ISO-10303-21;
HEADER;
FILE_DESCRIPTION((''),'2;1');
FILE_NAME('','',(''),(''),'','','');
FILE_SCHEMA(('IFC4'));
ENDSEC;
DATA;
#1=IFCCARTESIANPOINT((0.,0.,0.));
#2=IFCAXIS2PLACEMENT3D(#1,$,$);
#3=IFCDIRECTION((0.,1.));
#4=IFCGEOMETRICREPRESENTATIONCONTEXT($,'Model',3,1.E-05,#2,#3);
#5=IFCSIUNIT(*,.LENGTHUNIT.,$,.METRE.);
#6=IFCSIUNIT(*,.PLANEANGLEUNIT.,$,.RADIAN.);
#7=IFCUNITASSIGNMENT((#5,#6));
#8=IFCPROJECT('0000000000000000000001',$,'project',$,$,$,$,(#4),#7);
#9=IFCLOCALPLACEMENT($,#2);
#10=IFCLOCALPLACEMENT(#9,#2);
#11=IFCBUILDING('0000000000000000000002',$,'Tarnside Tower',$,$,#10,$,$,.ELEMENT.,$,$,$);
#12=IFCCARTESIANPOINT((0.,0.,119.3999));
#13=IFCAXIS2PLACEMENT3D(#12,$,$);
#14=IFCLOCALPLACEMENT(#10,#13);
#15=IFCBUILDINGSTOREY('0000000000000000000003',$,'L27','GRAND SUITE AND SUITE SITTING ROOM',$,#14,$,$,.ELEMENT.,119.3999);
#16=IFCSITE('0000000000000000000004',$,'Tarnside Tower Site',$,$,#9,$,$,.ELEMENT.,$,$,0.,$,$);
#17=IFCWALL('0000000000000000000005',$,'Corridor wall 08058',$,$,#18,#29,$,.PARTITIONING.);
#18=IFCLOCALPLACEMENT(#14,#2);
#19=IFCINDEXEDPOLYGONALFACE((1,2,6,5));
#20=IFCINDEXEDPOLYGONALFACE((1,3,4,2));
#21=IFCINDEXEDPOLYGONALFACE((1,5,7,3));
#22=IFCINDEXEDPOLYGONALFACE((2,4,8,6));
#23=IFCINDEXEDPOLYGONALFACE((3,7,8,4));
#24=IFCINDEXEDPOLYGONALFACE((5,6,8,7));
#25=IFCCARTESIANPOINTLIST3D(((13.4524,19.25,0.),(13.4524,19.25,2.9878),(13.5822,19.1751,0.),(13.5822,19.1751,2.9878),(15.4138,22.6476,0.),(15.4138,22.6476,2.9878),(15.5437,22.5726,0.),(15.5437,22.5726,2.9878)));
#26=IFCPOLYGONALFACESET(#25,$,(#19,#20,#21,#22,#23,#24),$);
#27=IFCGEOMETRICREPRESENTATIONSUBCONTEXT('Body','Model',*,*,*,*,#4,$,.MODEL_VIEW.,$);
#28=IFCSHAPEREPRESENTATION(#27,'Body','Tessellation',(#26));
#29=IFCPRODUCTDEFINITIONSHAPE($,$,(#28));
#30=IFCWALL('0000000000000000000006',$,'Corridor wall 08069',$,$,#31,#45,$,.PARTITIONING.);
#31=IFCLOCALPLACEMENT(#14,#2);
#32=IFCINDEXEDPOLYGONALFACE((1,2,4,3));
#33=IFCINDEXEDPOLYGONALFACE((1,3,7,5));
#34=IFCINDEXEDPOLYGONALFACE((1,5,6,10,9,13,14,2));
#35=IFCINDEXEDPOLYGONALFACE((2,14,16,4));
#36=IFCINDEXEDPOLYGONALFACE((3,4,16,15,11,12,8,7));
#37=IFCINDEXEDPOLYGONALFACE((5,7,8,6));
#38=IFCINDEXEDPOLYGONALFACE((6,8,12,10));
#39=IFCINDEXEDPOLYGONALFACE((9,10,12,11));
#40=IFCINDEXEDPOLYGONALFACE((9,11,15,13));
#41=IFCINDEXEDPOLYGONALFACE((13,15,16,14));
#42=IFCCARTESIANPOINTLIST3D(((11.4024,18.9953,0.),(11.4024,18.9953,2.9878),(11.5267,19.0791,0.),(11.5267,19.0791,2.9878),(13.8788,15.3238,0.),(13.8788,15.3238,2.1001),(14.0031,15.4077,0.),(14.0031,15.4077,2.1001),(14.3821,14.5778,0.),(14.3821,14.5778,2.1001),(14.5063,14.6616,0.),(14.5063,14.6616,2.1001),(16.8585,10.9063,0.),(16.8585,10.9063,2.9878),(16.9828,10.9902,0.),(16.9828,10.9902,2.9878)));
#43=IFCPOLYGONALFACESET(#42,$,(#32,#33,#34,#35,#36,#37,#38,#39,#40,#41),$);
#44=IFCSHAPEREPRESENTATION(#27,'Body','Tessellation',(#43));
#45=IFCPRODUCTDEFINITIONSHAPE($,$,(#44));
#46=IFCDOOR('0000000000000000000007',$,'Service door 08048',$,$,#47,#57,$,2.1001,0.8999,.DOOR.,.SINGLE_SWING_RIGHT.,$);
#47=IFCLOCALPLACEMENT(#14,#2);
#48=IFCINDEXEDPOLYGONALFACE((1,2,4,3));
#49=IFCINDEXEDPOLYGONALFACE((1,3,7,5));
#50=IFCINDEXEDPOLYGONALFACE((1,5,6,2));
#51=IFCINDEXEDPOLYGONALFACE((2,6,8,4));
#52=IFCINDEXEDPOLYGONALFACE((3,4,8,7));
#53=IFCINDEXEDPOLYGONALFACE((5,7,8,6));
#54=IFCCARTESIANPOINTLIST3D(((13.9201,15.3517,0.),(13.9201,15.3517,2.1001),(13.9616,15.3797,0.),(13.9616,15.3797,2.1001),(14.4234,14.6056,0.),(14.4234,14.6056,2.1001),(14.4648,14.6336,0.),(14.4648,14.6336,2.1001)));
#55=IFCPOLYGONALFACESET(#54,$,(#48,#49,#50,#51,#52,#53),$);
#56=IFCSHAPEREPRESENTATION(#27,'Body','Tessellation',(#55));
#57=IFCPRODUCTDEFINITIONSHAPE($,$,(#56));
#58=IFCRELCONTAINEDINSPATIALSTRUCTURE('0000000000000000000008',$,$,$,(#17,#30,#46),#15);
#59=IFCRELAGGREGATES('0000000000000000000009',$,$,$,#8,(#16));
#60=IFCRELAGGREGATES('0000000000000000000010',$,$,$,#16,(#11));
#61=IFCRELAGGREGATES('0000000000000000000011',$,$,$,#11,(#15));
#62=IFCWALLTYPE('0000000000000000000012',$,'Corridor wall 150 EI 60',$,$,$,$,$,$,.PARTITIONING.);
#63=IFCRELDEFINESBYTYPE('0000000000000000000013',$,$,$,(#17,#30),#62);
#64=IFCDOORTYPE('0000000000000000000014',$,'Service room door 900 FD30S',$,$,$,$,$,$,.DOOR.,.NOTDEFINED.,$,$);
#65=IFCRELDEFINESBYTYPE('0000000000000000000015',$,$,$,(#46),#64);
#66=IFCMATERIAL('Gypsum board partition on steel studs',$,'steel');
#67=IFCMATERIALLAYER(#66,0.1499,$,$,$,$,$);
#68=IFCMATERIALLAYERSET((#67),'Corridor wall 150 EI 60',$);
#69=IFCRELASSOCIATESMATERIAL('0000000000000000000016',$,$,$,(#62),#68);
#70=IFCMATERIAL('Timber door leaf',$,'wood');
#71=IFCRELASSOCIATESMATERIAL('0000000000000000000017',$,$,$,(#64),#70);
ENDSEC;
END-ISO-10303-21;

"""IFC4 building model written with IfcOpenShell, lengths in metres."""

from ifc_helpers import new_model, si_unit, direction, frame, frame_2d, origin, place, context, subcontext, project, spatial, rectangle, extrude, material, layer, layer_set, type_object, element, fill, save


model = new_model("IFC4")

# Units and contexts
model_context = context("Model", 3, precision=1e-05, world=origin(), true_north=direction((0.0, 1.0)))
body_context = subcontext(model_context, "Body", "Model", "MODEL_VIEW")
ifc_project = project(units=[si_unit("LENGTHUNIT", "METRE"), si_unit("PLANEANGLEUNIT", "RADIAN")], contexts=[model_context])

# Site, building, storey
site_placement = place(None, origin())
site = spatial("IfcSite", under=ifc_project, at=site_placement, Name="Tarnside Tower Site", CompositionType="ELEMENT", RefElevation=0.0)
building_placement = place(site_placement, origin())
building = spatial("IfcBuilding", under=site, at=building_placement, Name="Tarnside Tower", CompositionType="ELEMENT")
storey_placement = place(building_placement, frame((0.0, 0.0, 119.3999)))
storey = spatial("IfcBuildingStorey", under=building, at=storey_placement, Name="L27", Description="GRAND SUITE AND SUITE SITTING ROOM", CompositionType="ELEMENT", Elevation=119.3999)

# Shared definitions
ifc_material_1 = material(Name="Gypsum board partition on steel studs", Category="steel")
ifc_layer_1 = layer(ifc_material_1, 0.1499)
ifc_layer_set_1 = layer_set([ifc_layer_1], Name="Corridor wall 150 EI 60")
wall_type_1 = type_object("IfcWallType", Name="Corridor wall 150 EI 60", PredefinedType="PARTITIONING", material=ifc_layer_set_1)

# Shared definitions
ifc_material_2 = material(Name="Timber door leaf", Category="wood")

# Wall
wall_1_placement = place(storey_placement, frame((13.5173, 19.2126, 0.0), z_axis=(0.0, 0.0, 1.0), x_axis=(0.499981, 0.866036, 0.0)))
element("IfcWall", 1, at=wall_1_placement, inside=storey, type_object=wall_type_1, Name="Corridor wall 08058", PredefinedType="PARTITIONING", context=body_context, shape_type="SweptSolid", body=[
    extrude(rectangle(XDim=3.9231, YDim=0.1499, at=frame_2d((1.9614, 0.0))), origin(), (0.0, 0.0, 1.0), 2.9878),
])

# Wall, opening, door
wall_2_placement = place(storey_placement, frame((11.4646, 19.0371, 0.0), z_axis=(0.0, 0.0, 1.0), x_axis=(0.559196, -0.829035, 0.0)))
wall_2 = element("IfcWall", 2, at=wall_2_placement, inside=storey, type_object=wall_type_1, Name="Corridor wall 08069", PredefinedType="PARTITIONING", context=body_context, shape_type="SweptSolid", body=[
    extrude(rectangle(XDim=9.7571, YDim=0.1499, at=frame_2d((4.8784, 0.0))), origin(), (0.0, 0.0, 1.0), 2.9878),
])
opening_1_placement = place(wall_2_placement, frame((4.4285, 0.0, 0.0)))
opening_1 = element("IfcOpeningElement", 3, at=opening_1_placement, cuts=wall_2, PredefinedType="OPENING", context=body_context, shape_type="SweptSolid", body=[
    extrude(rectangle(XDim=0.8999, YDim=2.1001, at=frame_2d((0.45, 1.05))), frame((0.0, 0.085, 0.0), z_axis=(0.0, -1.0, 0.0), x_axis=(1.0, 0.0, 0.0)), (0.0, 0.0, 1.0), 0.1699),
])
door_type_1 = type_object("IfcDoorType", Name="Service room door 900 FD30S", OperationType="NOTDEFINED", PredefinedType="DOOR", material=ifc_material_2)
door_1_placement = place(opening_1_placement, origin())
door_1 = element("IfcDoor", 4, at=door_1_placement, inside=storey, type_object=door_type_1, Name="Service door 08048", OperationType="SINGLE_SWING_RIGHT", OverallHeight=2.1001, OverallWidth=0.8999, PredefinedType="DOOR", context=body_context, shape_type="SweptSolid", body=[
    extrude(rectangle(XDim=0.8999, YDim=2.1001, at=frame_2d((0.45, 1.05))), frame((0.0, 0.0249, 0.0), z_axis=(0.0, -1.0, 0.0), x_axis=(1.0, 0.0, 0.0)), (0.0, 0.0, 1.0), 0.05),
])
fill(opening_1, door_1)

save(model, "model.ifc")
